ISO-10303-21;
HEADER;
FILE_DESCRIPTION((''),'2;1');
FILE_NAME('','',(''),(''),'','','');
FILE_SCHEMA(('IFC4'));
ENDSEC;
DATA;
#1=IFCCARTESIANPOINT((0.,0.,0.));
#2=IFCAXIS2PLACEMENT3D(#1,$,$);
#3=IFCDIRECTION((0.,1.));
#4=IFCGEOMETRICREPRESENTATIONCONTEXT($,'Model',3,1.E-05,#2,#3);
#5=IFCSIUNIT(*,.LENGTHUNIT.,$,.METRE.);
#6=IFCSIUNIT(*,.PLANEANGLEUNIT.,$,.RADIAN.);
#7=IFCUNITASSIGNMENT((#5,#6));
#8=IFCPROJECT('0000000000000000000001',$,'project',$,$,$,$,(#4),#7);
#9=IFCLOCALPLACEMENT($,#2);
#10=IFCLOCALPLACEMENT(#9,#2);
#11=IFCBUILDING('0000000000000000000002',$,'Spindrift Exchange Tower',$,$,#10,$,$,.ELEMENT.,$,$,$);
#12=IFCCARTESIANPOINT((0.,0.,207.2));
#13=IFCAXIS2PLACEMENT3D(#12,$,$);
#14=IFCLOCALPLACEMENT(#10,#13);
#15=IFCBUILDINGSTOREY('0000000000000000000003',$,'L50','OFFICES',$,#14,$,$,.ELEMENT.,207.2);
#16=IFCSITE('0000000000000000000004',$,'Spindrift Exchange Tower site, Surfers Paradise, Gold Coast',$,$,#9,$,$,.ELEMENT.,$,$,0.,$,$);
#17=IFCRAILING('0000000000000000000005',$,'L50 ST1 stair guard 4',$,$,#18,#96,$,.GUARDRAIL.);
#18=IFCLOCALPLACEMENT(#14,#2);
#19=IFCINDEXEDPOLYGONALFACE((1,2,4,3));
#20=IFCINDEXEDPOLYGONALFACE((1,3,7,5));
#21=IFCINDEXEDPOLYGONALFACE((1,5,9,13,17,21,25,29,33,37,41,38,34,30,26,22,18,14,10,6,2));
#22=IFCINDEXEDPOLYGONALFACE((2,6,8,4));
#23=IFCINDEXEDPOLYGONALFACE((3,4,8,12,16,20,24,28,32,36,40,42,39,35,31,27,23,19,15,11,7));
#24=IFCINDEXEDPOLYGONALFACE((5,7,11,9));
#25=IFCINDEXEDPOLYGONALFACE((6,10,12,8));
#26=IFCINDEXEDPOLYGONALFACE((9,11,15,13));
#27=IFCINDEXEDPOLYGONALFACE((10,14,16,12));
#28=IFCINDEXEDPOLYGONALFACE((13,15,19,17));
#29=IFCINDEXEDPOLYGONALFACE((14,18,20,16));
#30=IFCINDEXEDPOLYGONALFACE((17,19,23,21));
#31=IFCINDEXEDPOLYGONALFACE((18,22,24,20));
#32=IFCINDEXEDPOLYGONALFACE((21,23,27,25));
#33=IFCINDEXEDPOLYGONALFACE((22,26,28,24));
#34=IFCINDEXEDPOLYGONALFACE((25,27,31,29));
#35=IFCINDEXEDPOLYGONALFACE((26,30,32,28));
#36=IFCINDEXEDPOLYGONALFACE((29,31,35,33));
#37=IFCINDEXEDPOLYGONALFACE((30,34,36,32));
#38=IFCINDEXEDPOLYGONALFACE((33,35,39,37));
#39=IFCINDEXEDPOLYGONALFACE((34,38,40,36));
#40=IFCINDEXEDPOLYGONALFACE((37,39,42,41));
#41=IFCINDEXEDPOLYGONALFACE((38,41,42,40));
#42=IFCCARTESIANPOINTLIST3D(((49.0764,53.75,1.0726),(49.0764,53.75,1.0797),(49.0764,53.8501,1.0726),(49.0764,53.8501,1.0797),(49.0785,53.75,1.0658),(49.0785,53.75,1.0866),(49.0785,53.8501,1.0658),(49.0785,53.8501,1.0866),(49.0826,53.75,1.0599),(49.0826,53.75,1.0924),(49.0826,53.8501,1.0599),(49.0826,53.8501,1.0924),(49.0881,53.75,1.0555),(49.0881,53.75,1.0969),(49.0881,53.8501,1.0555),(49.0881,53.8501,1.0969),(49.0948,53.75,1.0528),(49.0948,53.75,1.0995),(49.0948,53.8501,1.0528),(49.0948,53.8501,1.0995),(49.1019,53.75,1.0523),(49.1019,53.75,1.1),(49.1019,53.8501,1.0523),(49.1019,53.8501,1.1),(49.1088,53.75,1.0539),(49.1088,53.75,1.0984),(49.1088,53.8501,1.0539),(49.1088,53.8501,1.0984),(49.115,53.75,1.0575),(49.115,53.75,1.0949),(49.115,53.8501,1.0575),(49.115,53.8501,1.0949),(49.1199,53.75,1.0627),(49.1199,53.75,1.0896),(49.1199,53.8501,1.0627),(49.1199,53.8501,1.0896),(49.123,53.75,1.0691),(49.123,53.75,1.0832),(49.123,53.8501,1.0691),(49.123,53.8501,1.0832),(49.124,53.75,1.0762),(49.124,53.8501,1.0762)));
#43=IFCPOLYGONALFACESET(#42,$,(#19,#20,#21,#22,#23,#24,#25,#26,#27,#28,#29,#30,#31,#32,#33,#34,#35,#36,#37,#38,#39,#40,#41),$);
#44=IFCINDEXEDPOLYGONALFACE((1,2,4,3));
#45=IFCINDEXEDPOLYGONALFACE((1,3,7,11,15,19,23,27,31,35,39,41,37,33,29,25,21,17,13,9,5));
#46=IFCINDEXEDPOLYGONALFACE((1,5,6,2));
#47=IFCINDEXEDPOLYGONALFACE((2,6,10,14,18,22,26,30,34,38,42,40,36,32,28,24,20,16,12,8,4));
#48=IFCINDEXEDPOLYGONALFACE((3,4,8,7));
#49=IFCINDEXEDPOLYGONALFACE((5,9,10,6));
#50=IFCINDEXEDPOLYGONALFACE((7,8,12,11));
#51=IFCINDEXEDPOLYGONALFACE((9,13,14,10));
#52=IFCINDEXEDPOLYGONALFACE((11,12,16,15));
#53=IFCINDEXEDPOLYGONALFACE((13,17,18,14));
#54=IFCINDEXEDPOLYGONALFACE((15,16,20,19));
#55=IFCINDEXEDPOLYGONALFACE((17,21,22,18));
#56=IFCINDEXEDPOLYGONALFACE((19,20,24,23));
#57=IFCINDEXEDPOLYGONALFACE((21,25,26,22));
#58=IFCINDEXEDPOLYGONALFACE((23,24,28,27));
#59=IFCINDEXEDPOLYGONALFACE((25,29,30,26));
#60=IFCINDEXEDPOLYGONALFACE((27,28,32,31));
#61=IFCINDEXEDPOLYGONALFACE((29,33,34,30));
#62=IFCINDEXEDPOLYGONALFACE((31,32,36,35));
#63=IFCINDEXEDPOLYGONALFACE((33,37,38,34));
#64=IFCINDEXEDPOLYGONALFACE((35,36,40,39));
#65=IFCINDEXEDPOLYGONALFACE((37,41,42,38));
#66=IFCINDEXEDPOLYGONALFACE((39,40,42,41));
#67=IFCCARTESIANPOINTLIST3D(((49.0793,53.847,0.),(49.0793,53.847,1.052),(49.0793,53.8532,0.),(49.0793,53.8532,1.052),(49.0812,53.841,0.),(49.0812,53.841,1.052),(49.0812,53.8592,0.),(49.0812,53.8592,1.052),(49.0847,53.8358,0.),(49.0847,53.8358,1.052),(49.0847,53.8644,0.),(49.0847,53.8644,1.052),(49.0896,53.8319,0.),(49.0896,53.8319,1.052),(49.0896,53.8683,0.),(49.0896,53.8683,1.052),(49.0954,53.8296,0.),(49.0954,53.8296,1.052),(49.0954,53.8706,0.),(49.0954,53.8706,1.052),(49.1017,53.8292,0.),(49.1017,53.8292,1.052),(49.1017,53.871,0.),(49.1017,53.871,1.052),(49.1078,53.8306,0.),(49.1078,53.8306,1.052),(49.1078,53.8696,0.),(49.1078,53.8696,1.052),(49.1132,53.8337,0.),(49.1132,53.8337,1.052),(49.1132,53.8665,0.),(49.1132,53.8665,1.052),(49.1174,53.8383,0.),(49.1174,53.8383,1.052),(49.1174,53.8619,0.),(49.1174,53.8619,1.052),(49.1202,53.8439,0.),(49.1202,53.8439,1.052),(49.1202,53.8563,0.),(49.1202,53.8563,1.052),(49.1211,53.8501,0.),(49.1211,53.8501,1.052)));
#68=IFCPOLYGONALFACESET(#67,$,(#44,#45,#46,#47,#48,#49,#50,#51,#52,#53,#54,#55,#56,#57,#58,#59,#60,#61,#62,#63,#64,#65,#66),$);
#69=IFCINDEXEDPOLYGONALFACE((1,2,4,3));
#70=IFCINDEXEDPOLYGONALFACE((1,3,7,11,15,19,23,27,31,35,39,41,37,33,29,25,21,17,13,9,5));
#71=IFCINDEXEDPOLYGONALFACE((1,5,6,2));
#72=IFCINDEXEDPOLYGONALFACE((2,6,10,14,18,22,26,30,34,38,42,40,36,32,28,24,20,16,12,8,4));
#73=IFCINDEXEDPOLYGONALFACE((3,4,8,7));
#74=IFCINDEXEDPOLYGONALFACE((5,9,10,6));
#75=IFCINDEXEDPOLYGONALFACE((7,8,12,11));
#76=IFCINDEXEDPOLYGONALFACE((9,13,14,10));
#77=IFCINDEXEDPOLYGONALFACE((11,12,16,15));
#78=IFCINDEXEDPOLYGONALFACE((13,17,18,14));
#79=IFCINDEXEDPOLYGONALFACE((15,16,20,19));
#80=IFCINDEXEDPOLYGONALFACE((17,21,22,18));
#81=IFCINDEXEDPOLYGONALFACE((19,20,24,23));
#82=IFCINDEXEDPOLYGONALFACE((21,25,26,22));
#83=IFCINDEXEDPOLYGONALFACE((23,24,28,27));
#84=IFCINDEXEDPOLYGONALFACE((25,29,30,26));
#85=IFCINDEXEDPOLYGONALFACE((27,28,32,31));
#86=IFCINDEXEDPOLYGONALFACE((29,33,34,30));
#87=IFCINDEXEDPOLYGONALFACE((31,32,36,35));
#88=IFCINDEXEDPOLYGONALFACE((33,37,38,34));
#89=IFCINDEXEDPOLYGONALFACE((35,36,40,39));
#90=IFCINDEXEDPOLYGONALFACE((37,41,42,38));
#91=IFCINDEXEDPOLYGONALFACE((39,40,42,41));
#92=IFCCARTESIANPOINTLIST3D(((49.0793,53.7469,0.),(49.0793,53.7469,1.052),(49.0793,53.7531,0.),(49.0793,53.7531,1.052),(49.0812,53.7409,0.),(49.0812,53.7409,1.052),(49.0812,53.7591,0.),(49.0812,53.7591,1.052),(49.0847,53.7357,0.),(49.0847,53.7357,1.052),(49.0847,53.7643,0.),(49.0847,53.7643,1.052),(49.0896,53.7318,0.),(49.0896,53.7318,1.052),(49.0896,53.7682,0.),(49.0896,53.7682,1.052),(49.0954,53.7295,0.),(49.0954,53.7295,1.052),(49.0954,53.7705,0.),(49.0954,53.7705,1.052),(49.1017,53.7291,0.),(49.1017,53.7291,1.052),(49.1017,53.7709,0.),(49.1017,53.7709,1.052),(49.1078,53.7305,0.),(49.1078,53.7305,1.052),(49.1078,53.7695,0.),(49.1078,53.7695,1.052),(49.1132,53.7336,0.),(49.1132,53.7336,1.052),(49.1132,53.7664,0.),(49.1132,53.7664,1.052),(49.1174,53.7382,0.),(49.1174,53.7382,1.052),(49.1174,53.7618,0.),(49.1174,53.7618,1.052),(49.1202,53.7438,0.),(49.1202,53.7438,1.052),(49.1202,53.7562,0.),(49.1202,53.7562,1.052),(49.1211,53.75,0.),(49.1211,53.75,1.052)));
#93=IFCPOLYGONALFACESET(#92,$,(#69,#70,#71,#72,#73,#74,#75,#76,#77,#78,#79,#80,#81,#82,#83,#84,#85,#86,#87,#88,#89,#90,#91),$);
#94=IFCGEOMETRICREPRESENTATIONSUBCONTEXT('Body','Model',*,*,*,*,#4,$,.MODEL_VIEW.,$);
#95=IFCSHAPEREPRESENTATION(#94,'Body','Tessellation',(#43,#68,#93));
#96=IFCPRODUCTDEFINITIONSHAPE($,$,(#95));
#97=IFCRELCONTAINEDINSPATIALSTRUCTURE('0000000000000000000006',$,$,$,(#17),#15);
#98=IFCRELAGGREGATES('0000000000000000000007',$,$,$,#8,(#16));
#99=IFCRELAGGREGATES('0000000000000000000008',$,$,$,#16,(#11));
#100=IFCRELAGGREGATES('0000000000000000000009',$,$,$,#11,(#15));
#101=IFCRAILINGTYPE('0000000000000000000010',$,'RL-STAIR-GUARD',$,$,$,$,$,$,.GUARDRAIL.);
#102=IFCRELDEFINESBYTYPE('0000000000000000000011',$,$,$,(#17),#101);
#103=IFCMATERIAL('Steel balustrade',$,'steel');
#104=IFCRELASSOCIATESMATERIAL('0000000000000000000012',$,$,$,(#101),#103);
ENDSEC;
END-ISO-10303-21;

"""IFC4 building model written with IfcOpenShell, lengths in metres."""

from ifc_helpers import new_model, si_unit, direction, frame, origin, origin_2d, place, context, subcontext, project, spatial, circle, extrude, material, type_object, element, save


model = new_model("IFC4")

# Units and contexts
model_context = context("Model", 3, precision=1e-05, world=origin(), true_north=direction((0.0, 1.0)))
body_context = subcontext(model_context, "Body", "Model", "MODEL_VIEW")
ifc_project = project(units=[si_unit("LENGTHUNIT", "METRE"), si_unit("PLANEANGLEUNIT", "RADIAN")], contexts=[model_context])

# Site, building, storey
site_placement = place(None, origin())
site = spatial("IfcSite", under=ifc_project, at=site_placement, Name="Spindrift Exchange Tower site, Surfers Paradise, Gold Coast", CompositionType="ELEMENT", RefElevation=0.0)
building_placement = place(site_placement, origin())
building = spatial("IfcBuilding", under=site, at=building_placement, Name="Spindrift Exchange Tower", CompositionType="ELEMENT")
storey_placement = place(building_placement, frame((0.0, 0.0, 207.2)))
storey = spatial("IfcBuildingStorey", under=building, at=storey_placement, Name="L50", Description="OFFICES", CompositionType="ELEMENT", Elevation=207.2)

# Railing
ifc_material_1 = material(Name="Steel balustrade", Category="steel")
railing_type_1 = type_object("IfcRailingType", Name="RL-STAIR-GUARD", PredefinedType="GUARDRAIL", material=ifc_material_1)
railing_1_placement = place(storey_placement, frame((49.1001, 53.8501, 0.0)))
element("IfcRailing", 1, at=railing_1_placement, inside=storey, type_object=railing_type_1, Name="L50 ST1 stair guard 4", PredefinedType="GUARDRAIL", context=body_context, shape_type="SweptSolid", body=[
    extrude(circle(Radius=0.0239, at=origin_2d()), frame((0.0, 0.0, 1.0762), z_axis=(0.0, -1.0, 0.0), x_axis=(1.0, 0.0, 0.0)), (0.0, 0.0, 1.0), 0.1001),
    extrude(circle(Radius=0.021, at=origin_2d()), origin(), (0.0, 0.0, 1.0), 1.052),
    extrude(circle(Radius=0.021, at=origin_2d()), frame((0.0, -0.1001, 0.0)), (0.0, 0.0, 1.0), 1.052),
])

save(model, "model.ifc")
